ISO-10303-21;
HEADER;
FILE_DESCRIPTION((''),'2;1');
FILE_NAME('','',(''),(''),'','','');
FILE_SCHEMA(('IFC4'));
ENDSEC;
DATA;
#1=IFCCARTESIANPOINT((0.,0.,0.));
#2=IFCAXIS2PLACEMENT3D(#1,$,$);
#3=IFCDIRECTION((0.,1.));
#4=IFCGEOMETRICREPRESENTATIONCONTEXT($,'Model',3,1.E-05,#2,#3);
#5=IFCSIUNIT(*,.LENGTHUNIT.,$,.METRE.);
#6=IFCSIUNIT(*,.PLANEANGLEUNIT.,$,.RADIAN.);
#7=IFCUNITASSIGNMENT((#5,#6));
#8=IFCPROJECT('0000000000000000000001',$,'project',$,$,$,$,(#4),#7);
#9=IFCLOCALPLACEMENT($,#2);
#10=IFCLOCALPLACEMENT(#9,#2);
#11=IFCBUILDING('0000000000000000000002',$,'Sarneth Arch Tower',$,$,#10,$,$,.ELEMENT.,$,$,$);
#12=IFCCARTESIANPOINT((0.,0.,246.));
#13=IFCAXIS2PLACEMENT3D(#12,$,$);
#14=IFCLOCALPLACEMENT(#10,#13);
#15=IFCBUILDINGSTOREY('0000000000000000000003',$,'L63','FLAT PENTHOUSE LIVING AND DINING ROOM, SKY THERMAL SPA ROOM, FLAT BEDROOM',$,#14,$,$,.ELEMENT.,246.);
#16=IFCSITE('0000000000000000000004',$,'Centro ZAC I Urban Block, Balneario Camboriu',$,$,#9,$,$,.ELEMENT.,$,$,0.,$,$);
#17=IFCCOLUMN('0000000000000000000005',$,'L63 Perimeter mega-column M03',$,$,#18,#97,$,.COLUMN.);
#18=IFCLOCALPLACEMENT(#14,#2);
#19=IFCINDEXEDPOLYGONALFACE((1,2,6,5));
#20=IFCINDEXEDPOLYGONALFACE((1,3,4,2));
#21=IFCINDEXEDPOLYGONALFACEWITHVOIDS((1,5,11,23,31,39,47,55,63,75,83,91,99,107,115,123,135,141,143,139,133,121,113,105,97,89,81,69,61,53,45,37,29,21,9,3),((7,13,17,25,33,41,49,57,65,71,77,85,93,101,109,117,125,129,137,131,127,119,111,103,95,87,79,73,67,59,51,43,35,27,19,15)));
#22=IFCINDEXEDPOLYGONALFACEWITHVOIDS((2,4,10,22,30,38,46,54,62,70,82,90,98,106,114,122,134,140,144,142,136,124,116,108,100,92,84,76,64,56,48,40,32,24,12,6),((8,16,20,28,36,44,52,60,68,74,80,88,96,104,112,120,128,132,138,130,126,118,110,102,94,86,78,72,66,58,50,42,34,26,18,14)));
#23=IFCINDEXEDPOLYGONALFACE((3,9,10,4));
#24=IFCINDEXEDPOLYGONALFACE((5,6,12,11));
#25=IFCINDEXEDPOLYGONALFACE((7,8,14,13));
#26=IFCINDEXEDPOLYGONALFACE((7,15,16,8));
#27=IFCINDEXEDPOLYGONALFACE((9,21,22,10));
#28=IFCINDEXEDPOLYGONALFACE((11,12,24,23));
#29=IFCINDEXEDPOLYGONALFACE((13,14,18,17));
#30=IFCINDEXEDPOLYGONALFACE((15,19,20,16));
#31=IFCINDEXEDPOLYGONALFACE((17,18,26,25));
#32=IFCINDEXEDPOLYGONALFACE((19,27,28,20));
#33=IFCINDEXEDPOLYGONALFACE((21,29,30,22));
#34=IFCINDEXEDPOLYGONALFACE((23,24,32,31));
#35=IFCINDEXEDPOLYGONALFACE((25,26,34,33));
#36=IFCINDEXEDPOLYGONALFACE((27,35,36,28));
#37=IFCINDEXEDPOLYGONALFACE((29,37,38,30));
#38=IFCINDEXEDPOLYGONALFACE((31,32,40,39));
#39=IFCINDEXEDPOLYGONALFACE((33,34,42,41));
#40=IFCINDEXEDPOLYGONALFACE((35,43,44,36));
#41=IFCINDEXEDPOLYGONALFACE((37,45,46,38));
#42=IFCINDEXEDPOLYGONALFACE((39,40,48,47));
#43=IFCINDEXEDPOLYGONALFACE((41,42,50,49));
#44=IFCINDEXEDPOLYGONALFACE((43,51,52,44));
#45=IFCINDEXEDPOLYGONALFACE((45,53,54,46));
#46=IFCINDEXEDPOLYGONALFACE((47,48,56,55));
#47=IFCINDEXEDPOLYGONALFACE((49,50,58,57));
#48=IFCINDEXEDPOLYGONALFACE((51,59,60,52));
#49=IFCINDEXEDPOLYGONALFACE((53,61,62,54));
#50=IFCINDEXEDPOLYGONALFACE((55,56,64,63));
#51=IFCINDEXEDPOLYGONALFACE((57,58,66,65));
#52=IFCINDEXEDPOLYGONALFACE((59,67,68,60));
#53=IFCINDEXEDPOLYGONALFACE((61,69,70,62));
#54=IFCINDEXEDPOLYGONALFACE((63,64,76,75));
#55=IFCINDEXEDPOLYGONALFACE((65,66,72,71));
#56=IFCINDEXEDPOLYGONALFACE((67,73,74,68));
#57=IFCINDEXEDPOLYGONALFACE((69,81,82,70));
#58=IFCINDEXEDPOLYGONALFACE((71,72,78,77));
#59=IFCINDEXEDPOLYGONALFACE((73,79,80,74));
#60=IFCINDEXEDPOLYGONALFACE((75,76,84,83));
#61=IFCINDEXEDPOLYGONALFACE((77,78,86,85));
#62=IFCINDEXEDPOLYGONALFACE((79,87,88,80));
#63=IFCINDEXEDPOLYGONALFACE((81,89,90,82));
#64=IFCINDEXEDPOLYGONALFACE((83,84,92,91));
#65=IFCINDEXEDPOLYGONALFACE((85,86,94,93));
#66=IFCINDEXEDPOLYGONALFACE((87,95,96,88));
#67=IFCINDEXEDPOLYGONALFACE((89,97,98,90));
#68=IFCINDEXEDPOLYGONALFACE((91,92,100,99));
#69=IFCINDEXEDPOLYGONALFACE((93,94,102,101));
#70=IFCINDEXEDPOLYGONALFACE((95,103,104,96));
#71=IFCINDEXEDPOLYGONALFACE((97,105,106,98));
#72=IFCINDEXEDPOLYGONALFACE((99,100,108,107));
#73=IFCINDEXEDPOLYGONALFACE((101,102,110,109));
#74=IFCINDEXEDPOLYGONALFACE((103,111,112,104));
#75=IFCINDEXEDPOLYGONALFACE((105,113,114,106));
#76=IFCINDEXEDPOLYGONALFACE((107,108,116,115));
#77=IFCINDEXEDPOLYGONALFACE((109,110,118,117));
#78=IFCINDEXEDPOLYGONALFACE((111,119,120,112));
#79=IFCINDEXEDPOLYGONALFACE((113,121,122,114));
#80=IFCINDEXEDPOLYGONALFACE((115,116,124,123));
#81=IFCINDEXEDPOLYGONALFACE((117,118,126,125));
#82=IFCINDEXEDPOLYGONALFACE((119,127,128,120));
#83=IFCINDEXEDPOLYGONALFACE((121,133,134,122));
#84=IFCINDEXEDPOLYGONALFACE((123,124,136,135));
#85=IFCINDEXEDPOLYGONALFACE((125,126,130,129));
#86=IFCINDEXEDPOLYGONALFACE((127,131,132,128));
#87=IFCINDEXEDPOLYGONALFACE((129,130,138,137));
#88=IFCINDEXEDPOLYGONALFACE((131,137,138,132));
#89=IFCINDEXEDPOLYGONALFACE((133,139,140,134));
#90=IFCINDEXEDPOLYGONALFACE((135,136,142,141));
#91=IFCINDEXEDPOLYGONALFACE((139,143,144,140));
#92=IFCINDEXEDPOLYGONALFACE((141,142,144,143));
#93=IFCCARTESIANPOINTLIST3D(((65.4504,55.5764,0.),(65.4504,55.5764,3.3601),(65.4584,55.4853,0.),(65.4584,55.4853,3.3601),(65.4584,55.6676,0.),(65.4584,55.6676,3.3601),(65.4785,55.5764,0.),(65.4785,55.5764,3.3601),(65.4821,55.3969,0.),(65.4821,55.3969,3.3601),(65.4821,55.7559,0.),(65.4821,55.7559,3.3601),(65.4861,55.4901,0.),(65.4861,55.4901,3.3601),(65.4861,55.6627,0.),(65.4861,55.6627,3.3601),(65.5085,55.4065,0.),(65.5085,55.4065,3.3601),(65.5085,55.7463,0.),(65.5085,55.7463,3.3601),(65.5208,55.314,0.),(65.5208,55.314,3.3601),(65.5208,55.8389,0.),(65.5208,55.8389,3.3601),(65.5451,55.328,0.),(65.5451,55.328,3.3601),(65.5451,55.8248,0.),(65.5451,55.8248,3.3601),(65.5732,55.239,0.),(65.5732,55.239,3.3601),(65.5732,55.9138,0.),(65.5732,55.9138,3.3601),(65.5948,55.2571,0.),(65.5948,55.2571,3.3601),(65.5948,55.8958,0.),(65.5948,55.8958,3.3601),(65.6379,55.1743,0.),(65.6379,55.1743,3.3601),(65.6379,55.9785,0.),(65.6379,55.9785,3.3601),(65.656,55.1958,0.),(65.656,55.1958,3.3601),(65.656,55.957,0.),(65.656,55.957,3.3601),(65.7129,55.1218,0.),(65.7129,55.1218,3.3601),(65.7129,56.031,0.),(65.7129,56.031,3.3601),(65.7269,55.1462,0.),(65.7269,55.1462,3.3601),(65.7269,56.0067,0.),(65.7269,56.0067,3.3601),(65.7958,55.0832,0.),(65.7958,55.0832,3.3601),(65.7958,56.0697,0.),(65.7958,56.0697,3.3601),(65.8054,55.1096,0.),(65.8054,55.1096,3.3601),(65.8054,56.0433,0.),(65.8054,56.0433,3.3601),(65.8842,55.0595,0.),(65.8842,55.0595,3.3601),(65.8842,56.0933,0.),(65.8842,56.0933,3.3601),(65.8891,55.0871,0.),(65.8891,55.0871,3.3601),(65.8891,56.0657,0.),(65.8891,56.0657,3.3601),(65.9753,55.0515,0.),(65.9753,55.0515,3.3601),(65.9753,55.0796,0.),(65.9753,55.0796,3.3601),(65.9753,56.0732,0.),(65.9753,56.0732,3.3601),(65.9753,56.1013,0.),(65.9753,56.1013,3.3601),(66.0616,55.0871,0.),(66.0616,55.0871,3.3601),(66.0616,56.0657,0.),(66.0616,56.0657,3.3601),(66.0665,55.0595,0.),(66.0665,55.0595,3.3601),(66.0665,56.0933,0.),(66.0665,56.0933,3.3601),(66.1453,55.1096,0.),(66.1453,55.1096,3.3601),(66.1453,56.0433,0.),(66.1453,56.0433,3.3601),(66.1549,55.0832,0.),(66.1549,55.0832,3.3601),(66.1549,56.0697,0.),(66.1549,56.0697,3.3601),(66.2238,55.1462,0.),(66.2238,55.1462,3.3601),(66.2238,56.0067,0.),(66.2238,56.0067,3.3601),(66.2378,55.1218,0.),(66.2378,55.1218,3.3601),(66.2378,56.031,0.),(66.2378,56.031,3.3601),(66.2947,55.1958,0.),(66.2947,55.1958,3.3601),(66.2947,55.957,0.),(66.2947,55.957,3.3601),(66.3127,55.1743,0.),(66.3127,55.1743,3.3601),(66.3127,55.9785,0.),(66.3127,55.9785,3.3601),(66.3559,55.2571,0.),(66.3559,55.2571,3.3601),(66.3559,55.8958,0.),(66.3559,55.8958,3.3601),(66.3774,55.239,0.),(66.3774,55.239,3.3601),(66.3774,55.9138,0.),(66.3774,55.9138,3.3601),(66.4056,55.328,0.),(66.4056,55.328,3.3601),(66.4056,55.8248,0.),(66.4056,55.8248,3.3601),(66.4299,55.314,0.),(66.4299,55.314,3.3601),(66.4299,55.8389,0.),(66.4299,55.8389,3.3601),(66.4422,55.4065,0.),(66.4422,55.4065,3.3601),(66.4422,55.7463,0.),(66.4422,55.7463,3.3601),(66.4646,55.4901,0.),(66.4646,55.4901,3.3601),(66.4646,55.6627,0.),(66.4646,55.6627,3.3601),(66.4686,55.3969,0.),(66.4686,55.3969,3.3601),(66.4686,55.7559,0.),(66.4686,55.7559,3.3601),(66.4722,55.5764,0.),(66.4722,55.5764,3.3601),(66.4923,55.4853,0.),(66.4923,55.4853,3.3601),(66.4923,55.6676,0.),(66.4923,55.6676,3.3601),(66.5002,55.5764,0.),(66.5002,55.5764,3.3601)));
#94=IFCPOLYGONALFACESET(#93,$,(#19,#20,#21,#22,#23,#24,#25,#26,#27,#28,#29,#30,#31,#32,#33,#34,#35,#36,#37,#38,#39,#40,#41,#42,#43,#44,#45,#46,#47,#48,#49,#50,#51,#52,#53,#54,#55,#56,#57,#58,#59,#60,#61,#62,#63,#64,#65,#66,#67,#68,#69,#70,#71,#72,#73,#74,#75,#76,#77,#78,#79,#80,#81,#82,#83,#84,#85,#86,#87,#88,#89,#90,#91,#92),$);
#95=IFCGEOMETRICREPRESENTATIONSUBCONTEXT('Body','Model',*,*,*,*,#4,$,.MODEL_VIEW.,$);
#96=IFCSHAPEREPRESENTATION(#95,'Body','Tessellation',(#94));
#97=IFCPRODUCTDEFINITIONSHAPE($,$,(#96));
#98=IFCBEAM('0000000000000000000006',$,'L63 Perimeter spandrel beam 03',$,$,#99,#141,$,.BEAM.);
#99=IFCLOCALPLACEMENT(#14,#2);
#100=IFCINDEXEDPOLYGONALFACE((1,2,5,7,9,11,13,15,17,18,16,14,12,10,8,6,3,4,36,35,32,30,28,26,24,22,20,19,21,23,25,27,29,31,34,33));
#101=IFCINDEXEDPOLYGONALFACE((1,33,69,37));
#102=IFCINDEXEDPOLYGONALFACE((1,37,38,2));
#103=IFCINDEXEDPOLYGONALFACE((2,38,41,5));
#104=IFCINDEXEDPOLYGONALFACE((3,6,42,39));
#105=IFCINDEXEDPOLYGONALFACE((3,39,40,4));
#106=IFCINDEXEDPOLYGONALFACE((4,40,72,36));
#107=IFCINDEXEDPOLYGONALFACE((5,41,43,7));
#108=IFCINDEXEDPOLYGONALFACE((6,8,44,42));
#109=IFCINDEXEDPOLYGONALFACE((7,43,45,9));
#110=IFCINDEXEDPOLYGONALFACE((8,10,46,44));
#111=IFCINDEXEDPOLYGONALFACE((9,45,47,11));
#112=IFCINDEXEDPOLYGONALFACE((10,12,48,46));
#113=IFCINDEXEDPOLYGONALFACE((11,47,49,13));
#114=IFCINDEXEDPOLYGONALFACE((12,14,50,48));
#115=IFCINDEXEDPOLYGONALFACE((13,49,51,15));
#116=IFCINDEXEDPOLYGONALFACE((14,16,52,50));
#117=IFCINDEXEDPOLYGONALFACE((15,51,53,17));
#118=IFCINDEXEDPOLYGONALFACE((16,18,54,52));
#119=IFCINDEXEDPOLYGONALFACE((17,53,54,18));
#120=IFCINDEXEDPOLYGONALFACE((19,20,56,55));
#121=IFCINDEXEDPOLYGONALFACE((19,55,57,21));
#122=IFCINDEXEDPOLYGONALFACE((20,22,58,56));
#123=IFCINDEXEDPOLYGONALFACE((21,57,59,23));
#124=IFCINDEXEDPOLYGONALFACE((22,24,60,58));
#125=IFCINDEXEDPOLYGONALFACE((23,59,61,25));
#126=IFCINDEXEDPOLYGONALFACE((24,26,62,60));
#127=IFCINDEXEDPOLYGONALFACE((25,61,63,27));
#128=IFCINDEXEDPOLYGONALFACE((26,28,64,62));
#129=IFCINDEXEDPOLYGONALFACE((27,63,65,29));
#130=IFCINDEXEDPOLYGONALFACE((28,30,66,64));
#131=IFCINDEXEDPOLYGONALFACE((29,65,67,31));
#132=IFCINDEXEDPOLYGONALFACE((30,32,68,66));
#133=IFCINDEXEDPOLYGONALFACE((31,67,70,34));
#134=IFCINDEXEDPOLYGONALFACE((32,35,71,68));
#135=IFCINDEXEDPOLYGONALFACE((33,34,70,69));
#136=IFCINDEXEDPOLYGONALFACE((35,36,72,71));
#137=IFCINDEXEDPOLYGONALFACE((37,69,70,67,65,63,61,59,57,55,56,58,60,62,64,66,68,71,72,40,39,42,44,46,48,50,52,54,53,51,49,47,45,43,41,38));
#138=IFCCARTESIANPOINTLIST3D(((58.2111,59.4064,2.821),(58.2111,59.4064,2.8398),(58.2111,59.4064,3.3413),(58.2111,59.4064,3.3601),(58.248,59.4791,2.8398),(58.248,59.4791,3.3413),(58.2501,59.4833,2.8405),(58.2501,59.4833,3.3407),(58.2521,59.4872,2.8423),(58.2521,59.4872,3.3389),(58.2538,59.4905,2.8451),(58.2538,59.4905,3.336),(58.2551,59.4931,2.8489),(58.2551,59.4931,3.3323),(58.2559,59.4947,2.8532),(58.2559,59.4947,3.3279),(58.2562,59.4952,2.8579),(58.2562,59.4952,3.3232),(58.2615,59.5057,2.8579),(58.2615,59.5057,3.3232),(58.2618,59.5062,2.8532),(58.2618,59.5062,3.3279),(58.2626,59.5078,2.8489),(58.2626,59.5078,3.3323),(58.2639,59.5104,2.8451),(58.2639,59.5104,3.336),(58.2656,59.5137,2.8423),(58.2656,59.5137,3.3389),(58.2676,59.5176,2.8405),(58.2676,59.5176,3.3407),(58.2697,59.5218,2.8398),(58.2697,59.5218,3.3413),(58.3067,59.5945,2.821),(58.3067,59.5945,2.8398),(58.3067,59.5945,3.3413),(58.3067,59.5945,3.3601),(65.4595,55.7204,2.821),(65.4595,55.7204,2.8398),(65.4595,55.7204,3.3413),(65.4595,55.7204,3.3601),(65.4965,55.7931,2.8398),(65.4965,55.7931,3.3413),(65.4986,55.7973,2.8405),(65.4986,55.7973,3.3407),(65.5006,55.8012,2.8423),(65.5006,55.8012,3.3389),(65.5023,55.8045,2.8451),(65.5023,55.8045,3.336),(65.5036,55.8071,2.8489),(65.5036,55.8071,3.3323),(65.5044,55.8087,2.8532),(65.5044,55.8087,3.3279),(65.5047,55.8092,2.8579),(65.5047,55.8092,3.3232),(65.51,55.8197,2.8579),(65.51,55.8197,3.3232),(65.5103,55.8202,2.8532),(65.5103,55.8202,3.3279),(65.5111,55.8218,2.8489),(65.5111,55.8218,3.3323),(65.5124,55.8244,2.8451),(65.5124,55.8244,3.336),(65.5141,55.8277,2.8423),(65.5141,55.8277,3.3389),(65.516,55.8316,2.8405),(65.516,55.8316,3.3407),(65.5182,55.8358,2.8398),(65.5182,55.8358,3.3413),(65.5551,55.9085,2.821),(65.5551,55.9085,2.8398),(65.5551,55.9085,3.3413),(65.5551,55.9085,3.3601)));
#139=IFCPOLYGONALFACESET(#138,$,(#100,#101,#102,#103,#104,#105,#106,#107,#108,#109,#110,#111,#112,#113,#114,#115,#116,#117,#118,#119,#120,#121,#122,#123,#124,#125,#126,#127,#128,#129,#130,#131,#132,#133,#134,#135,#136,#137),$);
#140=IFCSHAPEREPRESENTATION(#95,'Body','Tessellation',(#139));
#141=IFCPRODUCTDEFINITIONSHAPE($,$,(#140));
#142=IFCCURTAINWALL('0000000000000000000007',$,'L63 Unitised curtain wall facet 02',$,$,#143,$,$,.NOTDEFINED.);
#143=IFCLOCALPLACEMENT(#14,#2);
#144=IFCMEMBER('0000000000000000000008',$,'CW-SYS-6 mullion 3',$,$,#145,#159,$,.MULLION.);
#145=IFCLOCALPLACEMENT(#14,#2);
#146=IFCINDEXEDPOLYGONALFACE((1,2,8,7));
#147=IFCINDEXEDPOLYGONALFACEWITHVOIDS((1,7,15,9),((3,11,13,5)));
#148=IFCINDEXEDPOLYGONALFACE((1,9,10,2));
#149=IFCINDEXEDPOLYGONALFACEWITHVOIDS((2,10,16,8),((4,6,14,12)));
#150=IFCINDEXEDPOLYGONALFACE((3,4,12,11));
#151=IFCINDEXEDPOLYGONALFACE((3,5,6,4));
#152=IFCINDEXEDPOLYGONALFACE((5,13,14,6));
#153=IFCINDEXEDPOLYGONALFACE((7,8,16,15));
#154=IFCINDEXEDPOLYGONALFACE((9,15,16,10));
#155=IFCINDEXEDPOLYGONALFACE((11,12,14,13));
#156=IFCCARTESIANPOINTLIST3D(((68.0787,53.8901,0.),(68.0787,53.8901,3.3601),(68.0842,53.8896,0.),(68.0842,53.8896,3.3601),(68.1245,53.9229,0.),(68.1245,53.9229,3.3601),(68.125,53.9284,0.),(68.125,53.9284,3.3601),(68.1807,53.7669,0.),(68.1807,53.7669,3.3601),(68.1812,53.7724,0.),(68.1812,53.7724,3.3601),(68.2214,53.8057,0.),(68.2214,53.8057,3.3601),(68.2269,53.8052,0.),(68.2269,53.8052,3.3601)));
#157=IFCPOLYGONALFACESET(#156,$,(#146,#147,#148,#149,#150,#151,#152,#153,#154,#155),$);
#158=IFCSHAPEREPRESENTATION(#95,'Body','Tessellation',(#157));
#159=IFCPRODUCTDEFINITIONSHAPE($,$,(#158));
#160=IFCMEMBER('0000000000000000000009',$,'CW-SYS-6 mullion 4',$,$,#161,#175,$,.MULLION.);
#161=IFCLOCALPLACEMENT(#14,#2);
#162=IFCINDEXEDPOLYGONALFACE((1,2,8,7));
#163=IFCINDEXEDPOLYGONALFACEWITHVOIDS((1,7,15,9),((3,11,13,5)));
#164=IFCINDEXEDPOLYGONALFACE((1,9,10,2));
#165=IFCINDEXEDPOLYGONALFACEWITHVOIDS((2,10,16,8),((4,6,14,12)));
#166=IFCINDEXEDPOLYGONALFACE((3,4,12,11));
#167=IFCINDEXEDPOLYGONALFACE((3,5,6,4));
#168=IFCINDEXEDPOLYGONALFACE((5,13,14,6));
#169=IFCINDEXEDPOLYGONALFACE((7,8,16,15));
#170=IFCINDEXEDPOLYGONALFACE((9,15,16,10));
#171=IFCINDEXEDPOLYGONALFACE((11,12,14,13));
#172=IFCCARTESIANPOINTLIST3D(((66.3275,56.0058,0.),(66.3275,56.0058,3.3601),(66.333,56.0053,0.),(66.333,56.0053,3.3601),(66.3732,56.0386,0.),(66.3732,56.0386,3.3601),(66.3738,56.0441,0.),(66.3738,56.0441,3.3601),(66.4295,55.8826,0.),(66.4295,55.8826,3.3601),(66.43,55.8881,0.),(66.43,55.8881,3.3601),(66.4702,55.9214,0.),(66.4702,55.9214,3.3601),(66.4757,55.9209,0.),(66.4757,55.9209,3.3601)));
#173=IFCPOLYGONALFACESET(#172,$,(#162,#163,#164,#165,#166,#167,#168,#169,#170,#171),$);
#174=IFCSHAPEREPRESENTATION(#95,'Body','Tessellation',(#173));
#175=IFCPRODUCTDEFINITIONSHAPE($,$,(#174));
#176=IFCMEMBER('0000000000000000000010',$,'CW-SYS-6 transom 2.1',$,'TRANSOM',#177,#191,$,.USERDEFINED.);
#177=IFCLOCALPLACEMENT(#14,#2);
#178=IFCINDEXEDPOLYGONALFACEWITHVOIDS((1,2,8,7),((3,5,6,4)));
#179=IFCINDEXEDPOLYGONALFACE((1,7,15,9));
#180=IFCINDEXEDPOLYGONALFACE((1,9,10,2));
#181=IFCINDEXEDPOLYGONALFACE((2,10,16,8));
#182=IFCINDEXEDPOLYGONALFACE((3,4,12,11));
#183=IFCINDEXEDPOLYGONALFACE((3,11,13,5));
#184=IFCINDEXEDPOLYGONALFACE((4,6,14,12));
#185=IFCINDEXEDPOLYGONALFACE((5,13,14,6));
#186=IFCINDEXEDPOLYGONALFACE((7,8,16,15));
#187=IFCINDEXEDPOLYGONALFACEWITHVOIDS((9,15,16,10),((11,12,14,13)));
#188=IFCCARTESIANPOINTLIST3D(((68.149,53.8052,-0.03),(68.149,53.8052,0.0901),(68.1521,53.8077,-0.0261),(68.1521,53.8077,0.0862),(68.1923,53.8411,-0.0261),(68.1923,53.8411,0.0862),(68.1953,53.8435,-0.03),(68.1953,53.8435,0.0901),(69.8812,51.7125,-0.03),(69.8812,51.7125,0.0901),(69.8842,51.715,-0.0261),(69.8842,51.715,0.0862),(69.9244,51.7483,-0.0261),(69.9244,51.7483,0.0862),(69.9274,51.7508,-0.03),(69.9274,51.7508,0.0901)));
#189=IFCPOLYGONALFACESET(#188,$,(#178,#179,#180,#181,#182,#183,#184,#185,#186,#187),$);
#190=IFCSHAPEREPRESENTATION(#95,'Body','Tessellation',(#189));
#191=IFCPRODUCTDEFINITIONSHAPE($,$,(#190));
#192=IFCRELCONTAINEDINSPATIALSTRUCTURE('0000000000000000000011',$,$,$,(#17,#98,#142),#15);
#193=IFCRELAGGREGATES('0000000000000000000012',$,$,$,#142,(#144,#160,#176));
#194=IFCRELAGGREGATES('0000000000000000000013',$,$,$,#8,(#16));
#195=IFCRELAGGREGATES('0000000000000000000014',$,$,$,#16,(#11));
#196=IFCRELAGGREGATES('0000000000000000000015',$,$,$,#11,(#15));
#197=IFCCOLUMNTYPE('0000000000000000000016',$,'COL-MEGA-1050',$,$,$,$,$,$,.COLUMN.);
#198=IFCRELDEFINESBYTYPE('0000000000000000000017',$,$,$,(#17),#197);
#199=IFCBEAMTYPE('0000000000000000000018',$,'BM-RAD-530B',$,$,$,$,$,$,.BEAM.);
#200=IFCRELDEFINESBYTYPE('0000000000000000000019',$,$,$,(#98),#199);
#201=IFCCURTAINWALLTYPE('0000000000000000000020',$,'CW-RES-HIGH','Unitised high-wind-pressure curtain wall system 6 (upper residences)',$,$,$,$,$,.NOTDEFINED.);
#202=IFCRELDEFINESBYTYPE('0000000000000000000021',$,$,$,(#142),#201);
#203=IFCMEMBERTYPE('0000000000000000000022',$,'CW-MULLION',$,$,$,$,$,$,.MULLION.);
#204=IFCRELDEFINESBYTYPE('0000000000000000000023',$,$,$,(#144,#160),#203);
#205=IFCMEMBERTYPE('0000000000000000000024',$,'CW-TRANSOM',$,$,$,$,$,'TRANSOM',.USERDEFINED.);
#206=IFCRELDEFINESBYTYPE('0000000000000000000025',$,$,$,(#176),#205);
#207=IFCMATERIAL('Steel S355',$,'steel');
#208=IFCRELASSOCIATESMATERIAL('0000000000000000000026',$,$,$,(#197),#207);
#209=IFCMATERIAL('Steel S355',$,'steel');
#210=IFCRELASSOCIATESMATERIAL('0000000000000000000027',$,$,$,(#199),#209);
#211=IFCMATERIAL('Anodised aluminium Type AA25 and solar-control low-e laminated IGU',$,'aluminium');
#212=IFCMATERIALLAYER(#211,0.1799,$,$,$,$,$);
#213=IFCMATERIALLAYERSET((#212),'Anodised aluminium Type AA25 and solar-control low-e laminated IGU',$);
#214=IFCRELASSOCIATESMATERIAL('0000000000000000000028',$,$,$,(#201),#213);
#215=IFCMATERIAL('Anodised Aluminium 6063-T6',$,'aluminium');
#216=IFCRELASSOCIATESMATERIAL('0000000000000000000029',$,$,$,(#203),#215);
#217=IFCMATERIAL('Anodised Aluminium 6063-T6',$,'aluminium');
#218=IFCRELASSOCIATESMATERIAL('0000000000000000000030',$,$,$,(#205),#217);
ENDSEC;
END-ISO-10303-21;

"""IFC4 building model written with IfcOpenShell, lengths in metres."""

from ifc_helpers import new_model, si_unit, direction, frame, origin, origin_2d, place, context, subcontext, project, spatial, hollow_rectangle, hollow_circle, i_section, extrude, material, layer, layer_set, material_profile, profile_set, type_object, element, aggregate, save


model = new_model("IFC4")

# Units and contexts
model_context = context("Model", 3, precision=1e-05, world=origin(), true_north=direction((0.0, 1.0)))
body_context = subcontext(model_context, "Body", "Model", "MODEL_VIEW")
ifc_project = project(units=[si_unit("LENGTHUNIT", "METRE"), si_unit("PLANEANGLEUNIT", "RADIAN")], contexts=[model_context])

# Site, building, storey
site_placement = place(None, origin())
site = spatial("IfcSite", under=ifc_project, at=site_placement, Name="Centro ZAC I Urban Block, Balneario Camboriu", CompositionType="ELEMENT", RefElevation=0.0)
building_placement = place(site_placement, origin())
building = spatial("IfcBuilding", under=site, at=building_placement, Name="Sarneth Arch Tower", CompositionType="ELEMENT")
storey_placement = place(building_placement, frame((0.0, 0.0, 246.0)))
storey = spatial("IfcBuildingStorey", under=building, at=storey_placement, Name="L63", Description="FLAT PENTHOUSE LIVING AND DINING ROOM, SKY THERMAL SPA ROOM, FLAT BEDROOM", CompositionType="ELEMENT", Elevation=246.0)

# Column
ifc_material_1 = material(Name="Steel S355", Category="steel")
ifc_material_profile_1 = material_profile(ifc_material_1, hollow_circle(Radius=0.5249, WallThickness=0.0281, at=origin_2d()), Name="CHS1050x28")
ifc_profile_set_1 = profile_set([ifc_material_profile_1], Name="Steel S355")
column_type = type_object("IfcColumnType", Name="COL-MEGA-1050", PredefinedType="COLUMN", material=ifc_profile_set_1)
column_placement = place(storey_placement, frame((65.9753, 55.5764, 0.0), z_axis=(0.0, 0.0, 1.0), x_axis=(1.0, 0.0, 0.0)))
element("IfcColumn", 1, at=column_placement, inside=storey, type_object=column_type, Name="L63 Perimeter mega-column M03", PredefinedType="COLUMN", context=body_context, shape_type="SweptSolid", body=[
    extrude(hollow_circle(Radius=0.5249, WallThickness=0.0281, at=origin_2d()), origin(), (0.0, 0.0, 1.0), 3.3601),
])

# Beam
ifc_material_2 = material(Name="Steel S355", Category="steel")
ifc_material_profile_2 = material_profile(ifc_material_2, i_section(OverallWidth=0.2109, OverallDepth=0.5391, WebThickness=0.0117, FlangeThickness=0.0188, FilletRadius=0.0181, at=origin_2d()), Name="W530x109")
ifc_profile_set_2 = profile_set([ifc_material_profile_2], Name="Steel S355")
beam_type = type_object("IfcBeamType", Name="BM-RAD-530B", PredefinedType="BEAM", material=ifc_profile_set_2)
beam_placement = place(storey_placement, frame((65.5073, 55.8145, 3.0906), z_axis=(-0.891368, 0.45328, 0.0), x_axis=(-0.45328, -0.891368, 0.0)))
element("IfcBeam", 2, at=beam_placement, inside=storey, type_object=beam_type, Name="L63 Perimeter spandrel beam 03", PredefinedType="BEAM", context=body_context, shape_type="SweptSolid", body=[
    extrude(i_section(OverallWidth=0.2109, OverallDepth=0.5391, WebThickness=0.0117, FlangeThickness=0.0188, FilletRadius=0.0181, at=origin_2d()), origin(), (0.0, 0.0, 1.0), 8.1318),
])

# Curtain wall, members
ifc_material_3 = material(Name="Anodised aluminium Type AA25 and solar-control low-e laminated IGU", Category="aluminium")
ifc_layer_1 = layer(ifc_material_3, 0.1799)
ifc_layer_set_1 = layer_set([ifc_layer_1], Name="Anodised aluminium Type AA25 and solar-control low-e laminated IGU")
curtain_wall_type = type_object("IfcCurtainWallType", Name="CW-RES-HIGH", Description="Unitised high-wind-pressure curtain wall system 6 (upper residences)", PredefinedType="NOTDEFINED", material=ifc_layer_set_1)
curtain_wall_placement = place(storey_placement, origin())
curtain_wall = element("IfcCurtainWall", 3, at=curtain_wall_placement, inside=storey, type_object=curtain_wall_type, Name="L63 Unitised curtain wall facet 02", PredefinedType="NOTDEFINED")
ifc_material_4 = material(Name="Anodised Aluminium 6063-T6", Category="aluminium")
ifc_material_profile_3 = material_profile(ifc_material_4, hollow_rectangle(XDim=0.0601, YDim=0.1599, WallThickness=0.0039, at=origin_2d()), Name="AL-MULL-160x60x4")
ifc_profile_set_3 = profile_set([ifc_material_profile_3], Name="Anodised Aluminium 6063-T6")
member_type_1 = type_object("IfcMemberType", Name="CW-MULLION", PredefinedType="MULLION", material=ifc_profile_set_3)
member_1_placement = place(storey_placement, frame((68.1528, 53.8477, 0.0), z_axis=(0.0, 0.0, 1.0), x_axis=(-0.770359, -0.63761, 0.0)))
member_1 = element("IfcMember", 4, at=member_1_placement, type_object=member_type_1, Name="CW-SYS-6 mullion 3", PredefinedType="MULLION", context=body_context, shape_type="SweptSolid", body=[
    extrude(hollow_rectangle(XDim=0.0601, YDim=0.1599, WallThickness=0.0039, at=origin_2d()), origin(), (0.0, 0.0, 1.0), 3.3601),
])
member_2_placement = place(storey_placement, frame((66.4016, 55.9634, 0.0), z_axis=(0.0, 0.0, 1.0), x_axis=(-0.770359, -0.63761, 0.0)))
member_2 = element("IfcMember", 5, at=member_2_placement, type_object=member_type_1, Name="CW-SYS-6 mullion 4", PredefinedType="MULLION", context=body_context, shape_type="SweptSolid", body=[
    extrude(hollow_rectangle(XDim=0.0601, YDim=0.1599, WallThickness=0.0039, at=origin_2d()), origin(), (0.0, 0.0, 1.0), 3.3601),
])
ifc_material_5 = material(Name="Anodised Aluminium 6063-T6", Category="aluminium")
ifc_material_profile_4 = material_profile(ifc_material_5, hollow_rectangle(XDim=0.0601, YDim=0.1201, WallThickness=0.0039, at=origin_2d()), Name="AL-TRAN-120x60x4")
ifc_profile_set_4 = profile_set([ifc_material_profile_4], Name="Anodised Aluminium 6063-T6")
member_type_2 = type_object("IfcMemberType", Name="CW-TRANSOM", ElementType="TRANSOM", PredefinedType="USERDEFINED", material=ifc_profile_set_4)
member_3_placement = place(storey_placement, frame((69.9043, 51.7317, 0.03), z_axis=(-0.637617, 0.770353, 0.0), x_axis=(-0.770353, -0.637617, 0.0)))
member_3 = element("IfcMember", 6, at=member_3_placement, type_object=member_type_2, Name="CW-SYS-6 transom 2.1", ObjectType="TRANSOM", PredefinedType="USERDEFINED", context=body_context, shape_type="SweptSolid", body=[
    extrude(hollow_rectangle(XDim=0.0601, YDim=0.1201, WallThickness=0.0039, at=origin_2d()), origin(), (0.0, 0.0, 1.0), 2.7166),
])

aggregate(curtain_wall, [member_1, member_2, member_3])

save(model, "model.ifc")
